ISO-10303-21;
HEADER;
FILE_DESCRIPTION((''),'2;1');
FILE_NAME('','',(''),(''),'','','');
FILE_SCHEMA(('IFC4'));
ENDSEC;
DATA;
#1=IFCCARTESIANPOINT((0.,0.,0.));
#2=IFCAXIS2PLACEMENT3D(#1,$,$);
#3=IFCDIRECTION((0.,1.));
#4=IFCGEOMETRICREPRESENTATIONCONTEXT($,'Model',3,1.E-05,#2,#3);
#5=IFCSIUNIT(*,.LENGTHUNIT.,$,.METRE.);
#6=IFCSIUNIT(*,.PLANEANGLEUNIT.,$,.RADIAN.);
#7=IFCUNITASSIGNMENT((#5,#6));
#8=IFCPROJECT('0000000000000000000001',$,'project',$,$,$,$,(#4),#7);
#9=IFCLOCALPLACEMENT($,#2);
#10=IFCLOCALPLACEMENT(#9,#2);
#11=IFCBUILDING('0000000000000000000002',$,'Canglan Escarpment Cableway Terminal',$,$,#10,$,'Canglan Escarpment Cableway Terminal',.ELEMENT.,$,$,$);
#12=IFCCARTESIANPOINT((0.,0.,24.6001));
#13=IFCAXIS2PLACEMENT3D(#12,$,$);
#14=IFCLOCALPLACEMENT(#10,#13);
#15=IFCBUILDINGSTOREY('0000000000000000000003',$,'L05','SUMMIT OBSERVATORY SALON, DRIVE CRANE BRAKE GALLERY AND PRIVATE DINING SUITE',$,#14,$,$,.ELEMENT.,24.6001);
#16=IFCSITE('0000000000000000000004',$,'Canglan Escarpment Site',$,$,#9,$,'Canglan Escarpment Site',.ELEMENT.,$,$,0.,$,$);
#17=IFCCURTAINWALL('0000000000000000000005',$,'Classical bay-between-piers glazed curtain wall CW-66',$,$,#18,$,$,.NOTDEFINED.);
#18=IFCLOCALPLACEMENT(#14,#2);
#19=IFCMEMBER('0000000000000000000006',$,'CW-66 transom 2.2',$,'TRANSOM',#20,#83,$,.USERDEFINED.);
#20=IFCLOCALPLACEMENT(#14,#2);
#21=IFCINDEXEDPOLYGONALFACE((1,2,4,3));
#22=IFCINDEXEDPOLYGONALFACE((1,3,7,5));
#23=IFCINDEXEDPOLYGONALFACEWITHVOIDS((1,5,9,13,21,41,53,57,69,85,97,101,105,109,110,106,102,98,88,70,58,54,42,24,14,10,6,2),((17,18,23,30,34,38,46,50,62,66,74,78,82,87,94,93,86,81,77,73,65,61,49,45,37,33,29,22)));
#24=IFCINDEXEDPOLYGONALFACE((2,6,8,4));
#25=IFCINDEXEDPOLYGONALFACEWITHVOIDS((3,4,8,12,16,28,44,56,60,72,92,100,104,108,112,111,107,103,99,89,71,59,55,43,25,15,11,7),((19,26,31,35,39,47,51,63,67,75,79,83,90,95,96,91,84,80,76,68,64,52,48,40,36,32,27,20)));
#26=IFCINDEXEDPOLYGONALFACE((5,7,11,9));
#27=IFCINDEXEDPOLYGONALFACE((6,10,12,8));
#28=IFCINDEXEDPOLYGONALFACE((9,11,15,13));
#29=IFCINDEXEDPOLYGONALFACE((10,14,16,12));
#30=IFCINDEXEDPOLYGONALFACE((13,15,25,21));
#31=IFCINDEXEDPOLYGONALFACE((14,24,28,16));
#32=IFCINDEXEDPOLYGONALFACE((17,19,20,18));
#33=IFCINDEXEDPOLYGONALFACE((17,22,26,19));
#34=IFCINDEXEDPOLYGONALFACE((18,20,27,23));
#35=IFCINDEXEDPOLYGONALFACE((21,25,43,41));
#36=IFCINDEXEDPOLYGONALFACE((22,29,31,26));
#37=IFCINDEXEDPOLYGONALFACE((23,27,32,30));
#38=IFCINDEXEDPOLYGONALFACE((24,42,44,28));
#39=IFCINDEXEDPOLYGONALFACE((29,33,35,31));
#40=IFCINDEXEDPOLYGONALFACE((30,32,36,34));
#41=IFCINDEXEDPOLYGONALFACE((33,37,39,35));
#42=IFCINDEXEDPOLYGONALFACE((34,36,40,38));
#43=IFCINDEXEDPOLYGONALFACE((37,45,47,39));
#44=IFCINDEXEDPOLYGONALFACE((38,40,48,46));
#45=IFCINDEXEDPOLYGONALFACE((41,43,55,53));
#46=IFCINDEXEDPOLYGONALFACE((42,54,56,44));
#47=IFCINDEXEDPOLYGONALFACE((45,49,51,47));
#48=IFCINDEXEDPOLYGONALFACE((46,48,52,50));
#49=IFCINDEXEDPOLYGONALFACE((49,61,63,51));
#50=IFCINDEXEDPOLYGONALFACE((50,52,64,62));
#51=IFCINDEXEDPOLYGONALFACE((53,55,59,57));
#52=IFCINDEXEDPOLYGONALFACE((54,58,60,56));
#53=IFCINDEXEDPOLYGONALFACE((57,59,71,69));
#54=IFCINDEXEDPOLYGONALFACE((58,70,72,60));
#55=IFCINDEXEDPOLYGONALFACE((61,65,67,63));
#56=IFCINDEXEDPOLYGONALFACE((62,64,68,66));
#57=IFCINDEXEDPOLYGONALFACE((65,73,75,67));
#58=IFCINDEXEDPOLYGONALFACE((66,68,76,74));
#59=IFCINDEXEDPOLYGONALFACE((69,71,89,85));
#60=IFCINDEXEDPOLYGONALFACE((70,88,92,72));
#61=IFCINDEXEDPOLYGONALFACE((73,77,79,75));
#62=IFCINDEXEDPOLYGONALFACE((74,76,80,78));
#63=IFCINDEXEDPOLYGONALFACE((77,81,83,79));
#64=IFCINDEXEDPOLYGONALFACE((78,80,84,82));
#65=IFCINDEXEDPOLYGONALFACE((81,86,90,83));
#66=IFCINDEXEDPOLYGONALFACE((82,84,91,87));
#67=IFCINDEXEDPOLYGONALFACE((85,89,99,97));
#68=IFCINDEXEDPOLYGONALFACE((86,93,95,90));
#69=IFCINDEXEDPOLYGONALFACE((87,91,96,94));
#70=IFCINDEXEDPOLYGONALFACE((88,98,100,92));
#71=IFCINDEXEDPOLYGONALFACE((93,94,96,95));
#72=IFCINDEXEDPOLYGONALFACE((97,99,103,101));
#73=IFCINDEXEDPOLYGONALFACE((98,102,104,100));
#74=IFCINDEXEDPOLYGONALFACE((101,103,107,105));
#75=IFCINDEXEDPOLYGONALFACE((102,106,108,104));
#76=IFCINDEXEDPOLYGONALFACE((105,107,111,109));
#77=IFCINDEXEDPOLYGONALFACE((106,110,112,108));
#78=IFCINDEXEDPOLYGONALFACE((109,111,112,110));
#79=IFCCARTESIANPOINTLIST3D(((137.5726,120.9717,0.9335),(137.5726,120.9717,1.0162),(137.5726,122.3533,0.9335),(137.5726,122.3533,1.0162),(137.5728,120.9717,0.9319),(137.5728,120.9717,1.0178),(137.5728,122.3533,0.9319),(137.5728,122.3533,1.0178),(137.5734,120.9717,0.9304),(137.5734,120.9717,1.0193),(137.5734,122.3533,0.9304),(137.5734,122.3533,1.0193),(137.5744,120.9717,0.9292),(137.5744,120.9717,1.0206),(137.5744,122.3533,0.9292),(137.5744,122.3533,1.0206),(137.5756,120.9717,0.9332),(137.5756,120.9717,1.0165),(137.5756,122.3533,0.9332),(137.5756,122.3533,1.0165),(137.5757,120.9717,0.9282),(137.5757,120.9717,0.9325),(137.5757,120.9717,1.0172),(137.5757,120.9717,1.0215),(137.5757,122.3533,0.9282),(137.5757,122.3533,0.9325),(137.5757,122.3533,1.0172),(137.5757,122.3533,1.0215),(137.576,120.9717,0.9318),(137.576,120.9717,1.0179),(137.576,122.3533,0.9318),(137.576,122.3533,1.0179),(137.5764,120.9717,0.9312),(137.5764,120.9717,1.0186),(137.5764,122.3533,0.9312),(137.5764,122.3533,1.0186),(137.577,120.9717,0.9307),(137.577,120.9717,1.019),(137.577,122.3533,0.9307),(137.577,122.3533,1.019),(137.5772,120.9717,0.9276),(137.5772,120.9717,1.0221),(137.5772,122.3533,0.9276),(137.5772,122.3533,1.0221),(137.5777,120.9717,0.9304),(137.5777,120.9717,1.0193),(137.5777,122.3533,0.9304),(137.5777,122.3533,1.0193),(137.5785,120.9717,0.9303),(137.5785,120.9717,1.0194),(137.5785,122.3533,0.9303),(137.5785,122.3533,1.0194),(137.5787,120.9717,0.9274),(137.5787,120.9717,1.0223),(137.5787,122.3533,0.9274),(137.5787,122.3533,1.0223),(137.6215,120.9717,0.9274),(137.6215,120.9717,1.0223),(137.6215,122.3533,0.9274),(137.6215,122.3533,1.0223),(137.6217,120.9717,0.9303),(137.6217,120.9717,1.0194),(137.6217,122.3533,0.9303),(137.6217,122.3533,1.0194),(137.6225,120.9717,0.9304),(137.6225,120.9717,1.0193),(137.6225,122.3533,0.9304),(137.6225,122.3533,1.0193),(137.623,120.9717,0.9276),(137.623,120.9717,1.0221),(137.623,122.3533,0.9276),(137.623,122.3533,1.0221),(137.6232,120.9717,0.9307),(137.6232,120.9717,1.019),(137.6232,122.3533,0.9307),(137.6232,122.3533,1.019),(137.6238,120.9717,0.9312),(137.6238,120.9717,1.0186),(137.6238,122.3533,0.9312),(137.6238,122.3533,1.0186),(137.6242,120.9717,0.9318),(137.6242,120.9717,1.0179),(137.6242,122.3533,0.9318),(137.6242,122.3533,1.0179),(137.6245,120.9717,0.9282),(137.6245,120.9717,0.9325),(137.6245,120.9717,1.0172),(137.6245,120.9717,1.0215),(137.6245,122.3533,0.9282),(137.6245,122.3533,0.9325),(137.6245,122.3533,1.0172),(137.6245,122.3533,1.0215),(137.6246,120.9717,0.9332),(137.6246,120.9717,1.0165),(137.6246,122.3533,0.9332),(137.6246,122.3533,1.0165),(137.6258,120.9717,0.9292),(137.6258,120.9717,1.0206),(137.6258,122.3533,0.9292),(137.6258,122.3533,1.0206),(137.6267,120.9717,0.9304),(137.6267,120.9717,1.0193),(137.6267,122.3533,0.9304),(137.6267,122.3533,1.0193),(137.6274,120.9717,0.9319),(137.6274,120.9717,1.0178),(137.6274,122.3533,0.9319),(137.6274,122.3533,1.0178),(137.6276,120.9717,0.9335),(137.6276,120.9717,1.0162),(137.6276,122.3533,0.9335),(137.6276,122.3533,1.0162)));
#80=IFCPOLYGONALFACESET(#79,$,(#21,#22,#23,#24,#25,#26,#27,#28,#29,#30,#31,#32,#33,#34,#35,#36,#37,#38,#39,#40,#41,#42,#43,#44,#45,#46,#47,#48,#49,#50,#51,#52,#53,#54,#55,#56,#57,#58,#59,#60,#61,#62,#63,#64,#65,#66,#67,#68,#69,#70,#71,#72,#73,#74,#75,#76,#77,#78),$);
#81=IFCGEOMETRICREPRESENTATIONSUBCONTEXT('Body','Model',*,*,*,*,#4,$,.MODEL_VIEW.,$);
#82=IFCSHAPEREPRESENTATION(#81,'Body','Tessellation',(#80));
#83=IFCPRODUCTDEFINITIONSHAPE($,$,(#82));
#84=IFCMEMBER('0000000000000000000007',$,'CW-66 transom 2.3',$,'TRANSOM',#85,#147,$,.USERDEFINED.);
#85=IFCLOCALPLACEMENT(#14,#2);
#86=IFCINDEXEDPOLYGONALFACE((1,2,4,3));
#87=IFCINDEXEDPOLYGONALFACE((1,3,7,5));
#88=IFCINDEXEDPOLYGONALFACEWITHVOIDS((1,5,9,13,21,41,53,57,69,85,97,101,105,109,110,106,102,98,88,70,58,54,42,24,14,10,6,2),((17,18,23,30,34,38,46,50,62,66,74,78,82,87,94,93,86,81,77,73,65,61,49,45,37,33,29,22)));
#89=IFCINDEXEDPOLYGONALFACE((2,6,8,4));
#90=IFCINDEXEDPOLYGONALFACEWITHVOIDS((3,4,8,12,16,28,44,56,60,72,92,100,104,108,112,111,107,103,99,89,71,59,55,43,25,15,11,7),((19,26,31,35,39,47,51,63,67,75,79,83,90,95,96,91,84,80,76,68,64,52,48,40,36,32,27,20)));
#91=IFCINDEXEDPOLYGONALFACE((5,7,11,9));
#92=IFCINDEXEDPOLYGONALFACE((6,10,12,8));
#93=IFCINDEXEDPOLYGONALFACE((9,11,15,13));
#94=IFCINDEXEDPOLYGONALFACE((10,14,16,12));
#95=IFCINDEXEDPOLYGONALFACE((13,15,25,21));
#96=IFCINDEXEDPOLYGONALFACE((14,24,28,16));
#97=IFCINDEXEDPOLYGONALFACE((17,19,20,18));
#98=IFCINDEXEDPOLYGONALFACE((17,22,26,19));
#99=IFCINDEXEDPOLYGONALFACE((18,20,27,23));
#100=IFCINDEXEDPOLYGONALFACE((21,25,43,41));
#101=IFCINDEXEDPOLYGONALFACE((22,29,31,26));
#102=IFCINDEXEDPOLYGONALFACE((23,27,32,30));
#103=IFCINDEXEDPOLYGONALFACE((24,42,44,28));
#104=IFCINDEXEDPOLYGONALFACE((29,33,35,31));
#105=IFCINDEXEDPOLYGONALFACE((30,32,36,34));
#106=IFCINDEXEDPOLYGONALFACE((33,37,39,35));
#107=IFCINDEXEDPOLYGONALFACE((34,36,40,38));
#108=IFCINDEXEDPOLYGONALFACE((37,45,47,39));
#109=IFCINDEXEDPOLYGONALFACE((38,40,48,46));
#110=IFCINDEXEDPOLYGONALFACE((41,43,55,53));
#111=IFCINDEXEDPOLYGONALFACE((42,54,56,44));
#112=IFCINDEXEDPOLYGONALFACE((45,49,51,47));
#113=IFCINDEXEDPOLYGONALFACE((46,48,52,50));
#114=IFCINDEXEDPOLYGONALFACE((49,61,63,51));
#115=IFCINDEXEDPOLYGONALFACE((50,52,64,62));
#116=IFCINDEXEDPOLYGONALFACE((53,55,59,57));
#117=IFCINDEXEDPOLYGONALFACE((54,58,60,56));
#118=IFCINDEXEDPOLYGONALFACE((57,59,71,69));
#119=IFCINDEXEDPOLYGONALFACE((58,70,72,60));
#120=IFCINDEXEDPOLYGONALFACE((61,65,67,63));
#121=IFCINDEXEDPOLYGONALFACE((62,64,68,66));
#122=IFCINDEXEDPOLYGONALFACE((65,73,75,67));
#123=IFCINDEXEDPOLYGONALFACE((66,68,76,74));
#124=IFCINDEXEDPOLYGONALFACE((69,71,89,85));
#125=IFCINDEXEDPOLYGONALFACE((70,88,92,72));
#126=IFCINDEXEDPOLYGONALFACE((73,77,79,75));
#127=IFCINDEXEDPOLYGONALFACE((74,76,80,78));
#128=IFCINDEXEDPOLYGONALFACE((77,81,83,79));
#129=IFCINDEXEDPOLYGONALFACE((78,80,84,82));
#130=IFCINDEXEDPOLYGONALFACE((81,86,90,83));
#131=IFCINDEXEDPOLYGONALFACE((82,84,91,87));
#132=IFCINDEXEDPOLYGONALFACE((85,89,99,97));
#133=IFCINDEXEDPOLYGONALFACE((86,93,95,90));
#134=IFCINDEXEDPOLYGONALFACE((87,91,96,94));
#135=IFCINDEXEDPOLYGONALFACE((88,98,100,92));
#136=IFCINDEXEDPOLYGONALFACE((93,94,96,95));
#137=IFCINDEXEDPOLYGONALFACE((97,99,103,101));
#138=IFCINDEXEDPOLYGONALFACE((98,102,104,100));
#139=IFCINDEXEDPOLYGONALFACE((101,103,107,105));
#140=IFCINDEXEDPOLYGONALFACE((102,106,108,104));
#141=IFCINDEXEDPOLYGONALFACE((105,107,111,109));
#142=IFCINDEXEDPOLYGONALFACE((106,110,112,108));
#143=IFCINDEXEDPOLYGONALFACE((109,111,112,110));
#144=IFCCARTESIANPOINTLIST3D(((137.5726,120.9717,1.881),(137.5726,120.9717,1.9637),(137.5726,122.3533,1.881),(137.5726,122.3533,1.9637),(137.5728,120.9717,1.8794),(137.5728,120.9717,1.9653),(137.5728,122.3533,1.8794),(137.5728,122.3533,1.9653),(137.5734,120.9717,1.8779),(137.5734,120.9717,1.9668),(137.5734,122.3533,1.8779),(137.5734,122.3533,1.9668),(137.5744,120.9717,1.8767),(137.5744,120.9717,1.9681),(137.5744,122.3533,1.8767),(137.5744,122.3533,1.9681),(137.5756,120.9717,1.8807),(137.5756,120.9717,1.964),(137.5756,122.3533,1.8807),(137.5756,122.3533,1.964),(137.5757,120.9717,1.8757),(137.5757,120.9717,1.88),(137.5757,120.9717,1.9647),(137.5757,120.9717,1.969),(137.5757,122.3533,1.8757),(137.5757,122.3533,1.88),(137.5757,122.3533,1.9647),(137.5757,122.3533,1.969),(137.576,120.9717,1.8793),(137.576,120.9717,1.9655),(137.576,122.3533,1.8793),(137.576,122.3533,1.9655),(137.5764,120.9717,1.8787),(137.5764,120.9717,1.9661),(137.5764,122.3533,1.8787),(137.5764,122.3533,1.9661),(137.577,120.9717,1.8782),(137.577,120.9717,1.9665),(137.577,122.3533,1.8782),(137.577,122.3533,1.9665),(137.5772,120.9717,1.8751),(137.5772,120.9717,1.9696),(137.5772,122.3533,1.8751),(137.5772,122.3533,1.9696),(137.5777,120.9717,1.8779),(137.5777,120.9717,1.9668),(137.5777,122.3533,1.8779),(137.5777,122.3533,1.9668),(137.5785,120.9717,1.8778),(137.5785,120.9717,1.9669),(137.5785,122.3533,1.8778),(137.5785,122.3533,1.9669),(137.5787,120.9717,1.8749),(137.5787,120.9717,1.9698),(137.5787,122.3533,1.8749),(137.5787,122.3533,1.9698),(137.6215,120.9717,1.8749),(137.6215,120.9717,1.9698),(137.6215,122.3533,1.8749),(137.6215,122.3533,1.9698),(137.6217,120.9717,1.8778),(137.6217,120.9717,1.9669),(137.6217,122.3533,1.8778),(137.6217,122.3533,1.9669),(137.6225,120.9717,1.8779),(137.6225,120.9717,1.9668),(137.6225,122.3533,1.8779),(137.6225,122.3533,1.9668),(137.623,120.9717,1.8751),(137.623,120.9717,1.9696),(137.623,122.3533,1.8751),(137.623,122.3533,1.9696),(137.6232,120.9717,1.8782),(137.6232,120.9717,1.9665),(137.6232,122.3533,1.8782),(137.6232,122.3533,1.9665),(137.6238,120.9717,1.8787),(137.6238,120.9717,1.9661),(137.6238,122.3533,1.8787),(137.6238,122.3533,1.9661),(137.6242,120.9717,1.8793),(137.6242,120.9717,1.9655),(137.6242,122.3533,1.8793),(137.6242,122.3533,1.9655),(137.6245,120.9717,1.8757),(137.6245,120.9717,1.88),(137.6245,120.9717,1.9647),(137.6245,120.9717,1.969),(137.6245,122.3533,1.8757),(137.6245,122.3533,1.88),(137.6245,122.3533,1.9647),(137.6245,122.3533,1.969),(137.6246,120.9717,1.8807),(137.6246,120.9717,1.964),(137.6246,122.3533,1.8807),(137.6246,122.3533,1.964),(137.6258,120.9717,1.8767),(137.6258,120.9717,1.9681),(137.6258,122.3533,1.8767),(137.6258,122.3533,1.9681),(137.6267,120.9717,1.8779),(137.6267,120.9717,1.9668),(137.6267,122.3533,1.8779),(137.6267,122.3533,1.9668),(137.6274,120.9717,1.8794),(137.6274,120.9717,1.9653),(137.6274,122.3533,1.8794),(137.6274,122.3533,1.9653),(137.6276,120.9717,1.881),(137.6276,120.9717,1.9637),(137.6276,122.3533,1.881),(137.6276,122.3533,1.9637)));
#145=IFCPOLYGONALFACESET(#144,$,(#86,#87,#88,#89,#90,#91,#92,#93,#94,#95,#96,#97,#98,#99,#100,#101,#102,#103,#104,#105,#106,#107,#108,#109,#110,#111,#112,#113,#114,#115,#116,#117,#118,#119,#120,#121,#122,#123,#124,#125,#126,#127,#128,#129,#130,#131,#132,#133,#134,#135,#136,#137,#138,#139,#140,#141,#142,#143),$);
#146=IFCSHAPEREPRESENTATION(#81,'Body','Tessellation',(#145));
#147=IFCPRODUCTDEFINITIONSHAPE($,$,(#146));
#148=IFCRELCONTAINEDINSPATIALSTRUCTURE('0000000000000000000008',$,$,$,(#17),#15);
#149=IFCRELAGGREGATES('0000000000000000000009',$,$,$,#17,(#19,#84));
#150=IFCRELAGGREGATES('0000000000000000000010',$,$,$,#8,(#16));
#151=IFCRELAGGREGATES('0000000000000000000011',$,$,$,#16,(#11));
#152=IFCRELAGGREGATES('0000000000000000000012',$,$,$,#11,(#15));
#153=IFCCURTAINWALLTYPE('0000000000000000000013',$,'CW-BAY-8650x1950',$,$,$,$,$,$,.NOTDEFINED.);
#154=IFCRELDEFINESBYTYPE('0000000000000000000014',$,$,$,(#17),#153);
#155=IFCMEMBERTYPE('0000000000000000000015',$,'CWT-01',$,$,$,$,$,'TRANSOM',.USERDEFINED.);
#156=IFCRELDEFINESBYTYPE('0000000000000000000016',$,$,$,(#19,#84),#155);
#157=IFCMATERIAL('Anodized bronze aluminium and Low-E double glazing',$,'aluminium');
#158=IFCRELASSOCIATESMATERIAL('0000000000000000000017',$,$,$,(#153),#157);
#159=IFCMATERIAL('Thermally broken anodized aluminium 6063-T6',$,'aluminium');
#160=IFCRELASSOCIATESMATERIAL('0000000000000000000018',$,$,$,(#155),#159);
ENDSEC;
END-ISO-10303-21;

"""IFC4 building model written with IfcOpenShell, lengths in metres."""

from ifc_helpers import new_model, si_unit, direction, frame, origin, origin_2d, place, context, subcontext, project, spatial, hollow_rectangle, extrude, material, material_profile, profile_set, type_object, element, aggregate, save


model = new_model("IFC4")

# Units and contexts
model_context = context("Model", 3, precision=1e-05, world=origin(), true_north=direction((0.0, 1.0)))
body_context = subcontext(model_context, "Body", "Model", "MODEL_VIEW")
ifc_project = project(units=[si_unit("LENGTHUNIT", "METRE"), si_unit("PLANEANGLEUNIT", "RADIAN")], contexts=[model_context])

# Site, building, storey
site_placement = place(None, origin())
site = spatial("IfcSite", under=ifc_project, at=site_placement, Name="Canglan Escarpment Site", LongName="Canglan Escarpment Site", CompositionType="ELEMENT", RefElevation=0.0)
building_placement = place(site_placement, origin())
building = spatial("IfcBuilding", under=site, at=building_placement, Name="Canglan Escarpment Cableway Terminal", LongName="Canglan Escarpment Cableway Terminal", CompositionType="ELEMENT")
storey_placement = place(building_placement, frame((0.0, 0.0, 24.6001)))
storey = spatial("IfcBuildingStorey", under=building, at=storey_placement, Name="L05", Description="SUMMIT OBSERVATORY SALON, DRIVE CRANE BRAKE GALLERY AND PRIVATE DINING SUITE", CompositionType="ELEMENT", Elevation=24.6001)

# Curtain wall
ifc_material_1 = material(Name="Anodized bronze aluminium and Low-E double glazing", Category="aluminium")
curtain_wall_type = type_object("IfcCurtainWallType", Name="CW-BAY-8650x1950", PredefinedType="NOTDEFINED", material=ifc_material_1)
curtain_wall_1_placement = place(storey_placement, origin())
curtain_wall_1 = element("IfcCurtainWall", 1, at=curtain_wall_1_placement, inside=storey, type_object=curtain_wall_type, Name="Classical bay-between-piers glazed curtain wall CW-66", PredefinedType="NOTDEFINED")
ifc_material_2 = material(Name="Thermally broken anodized aluminium 6063-T6", Category="aluminium")

# Members
ifc_material_profile_1 = material_profile(ifc_material_2, hollow_rectangle(XDim=0.0549, YDim=0.095, WallThickness=0.0029, InnerFilletRadius=0.0029, OuterFilletRadius=0.0061, at=origin_2d()), Name="ALU-TRAN 55x95x3")
ifc_profile_set_1 = profile_set([ifc_material_profile_1], Name="Thermally broken anodized aluminium 6063-T6")
member_type_1 = type_object("IfcMemberType", Name="CWT-01", ElementType="TRANSOM", PredefinedType="USERDEFINED", material=ifc_profile_set_1)
member_1_placement = place(storey_placement, frame((137.6001, 122.3533, 0.9749), z_axis=(0.0, -1.0, 0.0), x_axis=(1.0, 0.0, 0.0)))
member_1 = element("IfcMember", 2, at=member_1_placement, type_object=member_type_1, Name="CW-66 transom 2.2", ObjectType="TRANSOM", PredefinedType="USERDEFINED", context=body_context, shape_type="SweptSolid", body=[
    extrude(hollow_rectangle(XDim=0.0549, YDim=0.095, WallThickness=0.0029, InnerFilletRadius=0.0029, OuterFilletRadius=0.0061, at=origin_2d()), origin(), (0.0, 0.0, 1.0), 1.3816),
])
member_2_placement = place(storey_placement, frame((137.6001, 122.3533, 1.9224), z_axis=(0.0, -1.0, 0.0), x_axis=(1.0, 0.0, 0.0)))
member_2 = element("IfcMember", 3, at=member_2_placement, type_object=member_type_1, Name="CW-66 transom 2.3", ObjectType="TRANSOM", PredefinedType="USERDEFINED", context=body_context, shape_type="SweptSolid", body=[
    extrude(hollow_rectangle(XDim=0.0549, YDim=0.095, WallThickness=0.0029, InnerFilletRadius=0.0029, OuterFilletRadius=0.0061, at=origin_2d()), origin(), (0.0, 0.0, 1.0), 1.3816),
])

aggregate(curtain_wall_1, [member_1, member_2])

save(model, "model.ifc")
